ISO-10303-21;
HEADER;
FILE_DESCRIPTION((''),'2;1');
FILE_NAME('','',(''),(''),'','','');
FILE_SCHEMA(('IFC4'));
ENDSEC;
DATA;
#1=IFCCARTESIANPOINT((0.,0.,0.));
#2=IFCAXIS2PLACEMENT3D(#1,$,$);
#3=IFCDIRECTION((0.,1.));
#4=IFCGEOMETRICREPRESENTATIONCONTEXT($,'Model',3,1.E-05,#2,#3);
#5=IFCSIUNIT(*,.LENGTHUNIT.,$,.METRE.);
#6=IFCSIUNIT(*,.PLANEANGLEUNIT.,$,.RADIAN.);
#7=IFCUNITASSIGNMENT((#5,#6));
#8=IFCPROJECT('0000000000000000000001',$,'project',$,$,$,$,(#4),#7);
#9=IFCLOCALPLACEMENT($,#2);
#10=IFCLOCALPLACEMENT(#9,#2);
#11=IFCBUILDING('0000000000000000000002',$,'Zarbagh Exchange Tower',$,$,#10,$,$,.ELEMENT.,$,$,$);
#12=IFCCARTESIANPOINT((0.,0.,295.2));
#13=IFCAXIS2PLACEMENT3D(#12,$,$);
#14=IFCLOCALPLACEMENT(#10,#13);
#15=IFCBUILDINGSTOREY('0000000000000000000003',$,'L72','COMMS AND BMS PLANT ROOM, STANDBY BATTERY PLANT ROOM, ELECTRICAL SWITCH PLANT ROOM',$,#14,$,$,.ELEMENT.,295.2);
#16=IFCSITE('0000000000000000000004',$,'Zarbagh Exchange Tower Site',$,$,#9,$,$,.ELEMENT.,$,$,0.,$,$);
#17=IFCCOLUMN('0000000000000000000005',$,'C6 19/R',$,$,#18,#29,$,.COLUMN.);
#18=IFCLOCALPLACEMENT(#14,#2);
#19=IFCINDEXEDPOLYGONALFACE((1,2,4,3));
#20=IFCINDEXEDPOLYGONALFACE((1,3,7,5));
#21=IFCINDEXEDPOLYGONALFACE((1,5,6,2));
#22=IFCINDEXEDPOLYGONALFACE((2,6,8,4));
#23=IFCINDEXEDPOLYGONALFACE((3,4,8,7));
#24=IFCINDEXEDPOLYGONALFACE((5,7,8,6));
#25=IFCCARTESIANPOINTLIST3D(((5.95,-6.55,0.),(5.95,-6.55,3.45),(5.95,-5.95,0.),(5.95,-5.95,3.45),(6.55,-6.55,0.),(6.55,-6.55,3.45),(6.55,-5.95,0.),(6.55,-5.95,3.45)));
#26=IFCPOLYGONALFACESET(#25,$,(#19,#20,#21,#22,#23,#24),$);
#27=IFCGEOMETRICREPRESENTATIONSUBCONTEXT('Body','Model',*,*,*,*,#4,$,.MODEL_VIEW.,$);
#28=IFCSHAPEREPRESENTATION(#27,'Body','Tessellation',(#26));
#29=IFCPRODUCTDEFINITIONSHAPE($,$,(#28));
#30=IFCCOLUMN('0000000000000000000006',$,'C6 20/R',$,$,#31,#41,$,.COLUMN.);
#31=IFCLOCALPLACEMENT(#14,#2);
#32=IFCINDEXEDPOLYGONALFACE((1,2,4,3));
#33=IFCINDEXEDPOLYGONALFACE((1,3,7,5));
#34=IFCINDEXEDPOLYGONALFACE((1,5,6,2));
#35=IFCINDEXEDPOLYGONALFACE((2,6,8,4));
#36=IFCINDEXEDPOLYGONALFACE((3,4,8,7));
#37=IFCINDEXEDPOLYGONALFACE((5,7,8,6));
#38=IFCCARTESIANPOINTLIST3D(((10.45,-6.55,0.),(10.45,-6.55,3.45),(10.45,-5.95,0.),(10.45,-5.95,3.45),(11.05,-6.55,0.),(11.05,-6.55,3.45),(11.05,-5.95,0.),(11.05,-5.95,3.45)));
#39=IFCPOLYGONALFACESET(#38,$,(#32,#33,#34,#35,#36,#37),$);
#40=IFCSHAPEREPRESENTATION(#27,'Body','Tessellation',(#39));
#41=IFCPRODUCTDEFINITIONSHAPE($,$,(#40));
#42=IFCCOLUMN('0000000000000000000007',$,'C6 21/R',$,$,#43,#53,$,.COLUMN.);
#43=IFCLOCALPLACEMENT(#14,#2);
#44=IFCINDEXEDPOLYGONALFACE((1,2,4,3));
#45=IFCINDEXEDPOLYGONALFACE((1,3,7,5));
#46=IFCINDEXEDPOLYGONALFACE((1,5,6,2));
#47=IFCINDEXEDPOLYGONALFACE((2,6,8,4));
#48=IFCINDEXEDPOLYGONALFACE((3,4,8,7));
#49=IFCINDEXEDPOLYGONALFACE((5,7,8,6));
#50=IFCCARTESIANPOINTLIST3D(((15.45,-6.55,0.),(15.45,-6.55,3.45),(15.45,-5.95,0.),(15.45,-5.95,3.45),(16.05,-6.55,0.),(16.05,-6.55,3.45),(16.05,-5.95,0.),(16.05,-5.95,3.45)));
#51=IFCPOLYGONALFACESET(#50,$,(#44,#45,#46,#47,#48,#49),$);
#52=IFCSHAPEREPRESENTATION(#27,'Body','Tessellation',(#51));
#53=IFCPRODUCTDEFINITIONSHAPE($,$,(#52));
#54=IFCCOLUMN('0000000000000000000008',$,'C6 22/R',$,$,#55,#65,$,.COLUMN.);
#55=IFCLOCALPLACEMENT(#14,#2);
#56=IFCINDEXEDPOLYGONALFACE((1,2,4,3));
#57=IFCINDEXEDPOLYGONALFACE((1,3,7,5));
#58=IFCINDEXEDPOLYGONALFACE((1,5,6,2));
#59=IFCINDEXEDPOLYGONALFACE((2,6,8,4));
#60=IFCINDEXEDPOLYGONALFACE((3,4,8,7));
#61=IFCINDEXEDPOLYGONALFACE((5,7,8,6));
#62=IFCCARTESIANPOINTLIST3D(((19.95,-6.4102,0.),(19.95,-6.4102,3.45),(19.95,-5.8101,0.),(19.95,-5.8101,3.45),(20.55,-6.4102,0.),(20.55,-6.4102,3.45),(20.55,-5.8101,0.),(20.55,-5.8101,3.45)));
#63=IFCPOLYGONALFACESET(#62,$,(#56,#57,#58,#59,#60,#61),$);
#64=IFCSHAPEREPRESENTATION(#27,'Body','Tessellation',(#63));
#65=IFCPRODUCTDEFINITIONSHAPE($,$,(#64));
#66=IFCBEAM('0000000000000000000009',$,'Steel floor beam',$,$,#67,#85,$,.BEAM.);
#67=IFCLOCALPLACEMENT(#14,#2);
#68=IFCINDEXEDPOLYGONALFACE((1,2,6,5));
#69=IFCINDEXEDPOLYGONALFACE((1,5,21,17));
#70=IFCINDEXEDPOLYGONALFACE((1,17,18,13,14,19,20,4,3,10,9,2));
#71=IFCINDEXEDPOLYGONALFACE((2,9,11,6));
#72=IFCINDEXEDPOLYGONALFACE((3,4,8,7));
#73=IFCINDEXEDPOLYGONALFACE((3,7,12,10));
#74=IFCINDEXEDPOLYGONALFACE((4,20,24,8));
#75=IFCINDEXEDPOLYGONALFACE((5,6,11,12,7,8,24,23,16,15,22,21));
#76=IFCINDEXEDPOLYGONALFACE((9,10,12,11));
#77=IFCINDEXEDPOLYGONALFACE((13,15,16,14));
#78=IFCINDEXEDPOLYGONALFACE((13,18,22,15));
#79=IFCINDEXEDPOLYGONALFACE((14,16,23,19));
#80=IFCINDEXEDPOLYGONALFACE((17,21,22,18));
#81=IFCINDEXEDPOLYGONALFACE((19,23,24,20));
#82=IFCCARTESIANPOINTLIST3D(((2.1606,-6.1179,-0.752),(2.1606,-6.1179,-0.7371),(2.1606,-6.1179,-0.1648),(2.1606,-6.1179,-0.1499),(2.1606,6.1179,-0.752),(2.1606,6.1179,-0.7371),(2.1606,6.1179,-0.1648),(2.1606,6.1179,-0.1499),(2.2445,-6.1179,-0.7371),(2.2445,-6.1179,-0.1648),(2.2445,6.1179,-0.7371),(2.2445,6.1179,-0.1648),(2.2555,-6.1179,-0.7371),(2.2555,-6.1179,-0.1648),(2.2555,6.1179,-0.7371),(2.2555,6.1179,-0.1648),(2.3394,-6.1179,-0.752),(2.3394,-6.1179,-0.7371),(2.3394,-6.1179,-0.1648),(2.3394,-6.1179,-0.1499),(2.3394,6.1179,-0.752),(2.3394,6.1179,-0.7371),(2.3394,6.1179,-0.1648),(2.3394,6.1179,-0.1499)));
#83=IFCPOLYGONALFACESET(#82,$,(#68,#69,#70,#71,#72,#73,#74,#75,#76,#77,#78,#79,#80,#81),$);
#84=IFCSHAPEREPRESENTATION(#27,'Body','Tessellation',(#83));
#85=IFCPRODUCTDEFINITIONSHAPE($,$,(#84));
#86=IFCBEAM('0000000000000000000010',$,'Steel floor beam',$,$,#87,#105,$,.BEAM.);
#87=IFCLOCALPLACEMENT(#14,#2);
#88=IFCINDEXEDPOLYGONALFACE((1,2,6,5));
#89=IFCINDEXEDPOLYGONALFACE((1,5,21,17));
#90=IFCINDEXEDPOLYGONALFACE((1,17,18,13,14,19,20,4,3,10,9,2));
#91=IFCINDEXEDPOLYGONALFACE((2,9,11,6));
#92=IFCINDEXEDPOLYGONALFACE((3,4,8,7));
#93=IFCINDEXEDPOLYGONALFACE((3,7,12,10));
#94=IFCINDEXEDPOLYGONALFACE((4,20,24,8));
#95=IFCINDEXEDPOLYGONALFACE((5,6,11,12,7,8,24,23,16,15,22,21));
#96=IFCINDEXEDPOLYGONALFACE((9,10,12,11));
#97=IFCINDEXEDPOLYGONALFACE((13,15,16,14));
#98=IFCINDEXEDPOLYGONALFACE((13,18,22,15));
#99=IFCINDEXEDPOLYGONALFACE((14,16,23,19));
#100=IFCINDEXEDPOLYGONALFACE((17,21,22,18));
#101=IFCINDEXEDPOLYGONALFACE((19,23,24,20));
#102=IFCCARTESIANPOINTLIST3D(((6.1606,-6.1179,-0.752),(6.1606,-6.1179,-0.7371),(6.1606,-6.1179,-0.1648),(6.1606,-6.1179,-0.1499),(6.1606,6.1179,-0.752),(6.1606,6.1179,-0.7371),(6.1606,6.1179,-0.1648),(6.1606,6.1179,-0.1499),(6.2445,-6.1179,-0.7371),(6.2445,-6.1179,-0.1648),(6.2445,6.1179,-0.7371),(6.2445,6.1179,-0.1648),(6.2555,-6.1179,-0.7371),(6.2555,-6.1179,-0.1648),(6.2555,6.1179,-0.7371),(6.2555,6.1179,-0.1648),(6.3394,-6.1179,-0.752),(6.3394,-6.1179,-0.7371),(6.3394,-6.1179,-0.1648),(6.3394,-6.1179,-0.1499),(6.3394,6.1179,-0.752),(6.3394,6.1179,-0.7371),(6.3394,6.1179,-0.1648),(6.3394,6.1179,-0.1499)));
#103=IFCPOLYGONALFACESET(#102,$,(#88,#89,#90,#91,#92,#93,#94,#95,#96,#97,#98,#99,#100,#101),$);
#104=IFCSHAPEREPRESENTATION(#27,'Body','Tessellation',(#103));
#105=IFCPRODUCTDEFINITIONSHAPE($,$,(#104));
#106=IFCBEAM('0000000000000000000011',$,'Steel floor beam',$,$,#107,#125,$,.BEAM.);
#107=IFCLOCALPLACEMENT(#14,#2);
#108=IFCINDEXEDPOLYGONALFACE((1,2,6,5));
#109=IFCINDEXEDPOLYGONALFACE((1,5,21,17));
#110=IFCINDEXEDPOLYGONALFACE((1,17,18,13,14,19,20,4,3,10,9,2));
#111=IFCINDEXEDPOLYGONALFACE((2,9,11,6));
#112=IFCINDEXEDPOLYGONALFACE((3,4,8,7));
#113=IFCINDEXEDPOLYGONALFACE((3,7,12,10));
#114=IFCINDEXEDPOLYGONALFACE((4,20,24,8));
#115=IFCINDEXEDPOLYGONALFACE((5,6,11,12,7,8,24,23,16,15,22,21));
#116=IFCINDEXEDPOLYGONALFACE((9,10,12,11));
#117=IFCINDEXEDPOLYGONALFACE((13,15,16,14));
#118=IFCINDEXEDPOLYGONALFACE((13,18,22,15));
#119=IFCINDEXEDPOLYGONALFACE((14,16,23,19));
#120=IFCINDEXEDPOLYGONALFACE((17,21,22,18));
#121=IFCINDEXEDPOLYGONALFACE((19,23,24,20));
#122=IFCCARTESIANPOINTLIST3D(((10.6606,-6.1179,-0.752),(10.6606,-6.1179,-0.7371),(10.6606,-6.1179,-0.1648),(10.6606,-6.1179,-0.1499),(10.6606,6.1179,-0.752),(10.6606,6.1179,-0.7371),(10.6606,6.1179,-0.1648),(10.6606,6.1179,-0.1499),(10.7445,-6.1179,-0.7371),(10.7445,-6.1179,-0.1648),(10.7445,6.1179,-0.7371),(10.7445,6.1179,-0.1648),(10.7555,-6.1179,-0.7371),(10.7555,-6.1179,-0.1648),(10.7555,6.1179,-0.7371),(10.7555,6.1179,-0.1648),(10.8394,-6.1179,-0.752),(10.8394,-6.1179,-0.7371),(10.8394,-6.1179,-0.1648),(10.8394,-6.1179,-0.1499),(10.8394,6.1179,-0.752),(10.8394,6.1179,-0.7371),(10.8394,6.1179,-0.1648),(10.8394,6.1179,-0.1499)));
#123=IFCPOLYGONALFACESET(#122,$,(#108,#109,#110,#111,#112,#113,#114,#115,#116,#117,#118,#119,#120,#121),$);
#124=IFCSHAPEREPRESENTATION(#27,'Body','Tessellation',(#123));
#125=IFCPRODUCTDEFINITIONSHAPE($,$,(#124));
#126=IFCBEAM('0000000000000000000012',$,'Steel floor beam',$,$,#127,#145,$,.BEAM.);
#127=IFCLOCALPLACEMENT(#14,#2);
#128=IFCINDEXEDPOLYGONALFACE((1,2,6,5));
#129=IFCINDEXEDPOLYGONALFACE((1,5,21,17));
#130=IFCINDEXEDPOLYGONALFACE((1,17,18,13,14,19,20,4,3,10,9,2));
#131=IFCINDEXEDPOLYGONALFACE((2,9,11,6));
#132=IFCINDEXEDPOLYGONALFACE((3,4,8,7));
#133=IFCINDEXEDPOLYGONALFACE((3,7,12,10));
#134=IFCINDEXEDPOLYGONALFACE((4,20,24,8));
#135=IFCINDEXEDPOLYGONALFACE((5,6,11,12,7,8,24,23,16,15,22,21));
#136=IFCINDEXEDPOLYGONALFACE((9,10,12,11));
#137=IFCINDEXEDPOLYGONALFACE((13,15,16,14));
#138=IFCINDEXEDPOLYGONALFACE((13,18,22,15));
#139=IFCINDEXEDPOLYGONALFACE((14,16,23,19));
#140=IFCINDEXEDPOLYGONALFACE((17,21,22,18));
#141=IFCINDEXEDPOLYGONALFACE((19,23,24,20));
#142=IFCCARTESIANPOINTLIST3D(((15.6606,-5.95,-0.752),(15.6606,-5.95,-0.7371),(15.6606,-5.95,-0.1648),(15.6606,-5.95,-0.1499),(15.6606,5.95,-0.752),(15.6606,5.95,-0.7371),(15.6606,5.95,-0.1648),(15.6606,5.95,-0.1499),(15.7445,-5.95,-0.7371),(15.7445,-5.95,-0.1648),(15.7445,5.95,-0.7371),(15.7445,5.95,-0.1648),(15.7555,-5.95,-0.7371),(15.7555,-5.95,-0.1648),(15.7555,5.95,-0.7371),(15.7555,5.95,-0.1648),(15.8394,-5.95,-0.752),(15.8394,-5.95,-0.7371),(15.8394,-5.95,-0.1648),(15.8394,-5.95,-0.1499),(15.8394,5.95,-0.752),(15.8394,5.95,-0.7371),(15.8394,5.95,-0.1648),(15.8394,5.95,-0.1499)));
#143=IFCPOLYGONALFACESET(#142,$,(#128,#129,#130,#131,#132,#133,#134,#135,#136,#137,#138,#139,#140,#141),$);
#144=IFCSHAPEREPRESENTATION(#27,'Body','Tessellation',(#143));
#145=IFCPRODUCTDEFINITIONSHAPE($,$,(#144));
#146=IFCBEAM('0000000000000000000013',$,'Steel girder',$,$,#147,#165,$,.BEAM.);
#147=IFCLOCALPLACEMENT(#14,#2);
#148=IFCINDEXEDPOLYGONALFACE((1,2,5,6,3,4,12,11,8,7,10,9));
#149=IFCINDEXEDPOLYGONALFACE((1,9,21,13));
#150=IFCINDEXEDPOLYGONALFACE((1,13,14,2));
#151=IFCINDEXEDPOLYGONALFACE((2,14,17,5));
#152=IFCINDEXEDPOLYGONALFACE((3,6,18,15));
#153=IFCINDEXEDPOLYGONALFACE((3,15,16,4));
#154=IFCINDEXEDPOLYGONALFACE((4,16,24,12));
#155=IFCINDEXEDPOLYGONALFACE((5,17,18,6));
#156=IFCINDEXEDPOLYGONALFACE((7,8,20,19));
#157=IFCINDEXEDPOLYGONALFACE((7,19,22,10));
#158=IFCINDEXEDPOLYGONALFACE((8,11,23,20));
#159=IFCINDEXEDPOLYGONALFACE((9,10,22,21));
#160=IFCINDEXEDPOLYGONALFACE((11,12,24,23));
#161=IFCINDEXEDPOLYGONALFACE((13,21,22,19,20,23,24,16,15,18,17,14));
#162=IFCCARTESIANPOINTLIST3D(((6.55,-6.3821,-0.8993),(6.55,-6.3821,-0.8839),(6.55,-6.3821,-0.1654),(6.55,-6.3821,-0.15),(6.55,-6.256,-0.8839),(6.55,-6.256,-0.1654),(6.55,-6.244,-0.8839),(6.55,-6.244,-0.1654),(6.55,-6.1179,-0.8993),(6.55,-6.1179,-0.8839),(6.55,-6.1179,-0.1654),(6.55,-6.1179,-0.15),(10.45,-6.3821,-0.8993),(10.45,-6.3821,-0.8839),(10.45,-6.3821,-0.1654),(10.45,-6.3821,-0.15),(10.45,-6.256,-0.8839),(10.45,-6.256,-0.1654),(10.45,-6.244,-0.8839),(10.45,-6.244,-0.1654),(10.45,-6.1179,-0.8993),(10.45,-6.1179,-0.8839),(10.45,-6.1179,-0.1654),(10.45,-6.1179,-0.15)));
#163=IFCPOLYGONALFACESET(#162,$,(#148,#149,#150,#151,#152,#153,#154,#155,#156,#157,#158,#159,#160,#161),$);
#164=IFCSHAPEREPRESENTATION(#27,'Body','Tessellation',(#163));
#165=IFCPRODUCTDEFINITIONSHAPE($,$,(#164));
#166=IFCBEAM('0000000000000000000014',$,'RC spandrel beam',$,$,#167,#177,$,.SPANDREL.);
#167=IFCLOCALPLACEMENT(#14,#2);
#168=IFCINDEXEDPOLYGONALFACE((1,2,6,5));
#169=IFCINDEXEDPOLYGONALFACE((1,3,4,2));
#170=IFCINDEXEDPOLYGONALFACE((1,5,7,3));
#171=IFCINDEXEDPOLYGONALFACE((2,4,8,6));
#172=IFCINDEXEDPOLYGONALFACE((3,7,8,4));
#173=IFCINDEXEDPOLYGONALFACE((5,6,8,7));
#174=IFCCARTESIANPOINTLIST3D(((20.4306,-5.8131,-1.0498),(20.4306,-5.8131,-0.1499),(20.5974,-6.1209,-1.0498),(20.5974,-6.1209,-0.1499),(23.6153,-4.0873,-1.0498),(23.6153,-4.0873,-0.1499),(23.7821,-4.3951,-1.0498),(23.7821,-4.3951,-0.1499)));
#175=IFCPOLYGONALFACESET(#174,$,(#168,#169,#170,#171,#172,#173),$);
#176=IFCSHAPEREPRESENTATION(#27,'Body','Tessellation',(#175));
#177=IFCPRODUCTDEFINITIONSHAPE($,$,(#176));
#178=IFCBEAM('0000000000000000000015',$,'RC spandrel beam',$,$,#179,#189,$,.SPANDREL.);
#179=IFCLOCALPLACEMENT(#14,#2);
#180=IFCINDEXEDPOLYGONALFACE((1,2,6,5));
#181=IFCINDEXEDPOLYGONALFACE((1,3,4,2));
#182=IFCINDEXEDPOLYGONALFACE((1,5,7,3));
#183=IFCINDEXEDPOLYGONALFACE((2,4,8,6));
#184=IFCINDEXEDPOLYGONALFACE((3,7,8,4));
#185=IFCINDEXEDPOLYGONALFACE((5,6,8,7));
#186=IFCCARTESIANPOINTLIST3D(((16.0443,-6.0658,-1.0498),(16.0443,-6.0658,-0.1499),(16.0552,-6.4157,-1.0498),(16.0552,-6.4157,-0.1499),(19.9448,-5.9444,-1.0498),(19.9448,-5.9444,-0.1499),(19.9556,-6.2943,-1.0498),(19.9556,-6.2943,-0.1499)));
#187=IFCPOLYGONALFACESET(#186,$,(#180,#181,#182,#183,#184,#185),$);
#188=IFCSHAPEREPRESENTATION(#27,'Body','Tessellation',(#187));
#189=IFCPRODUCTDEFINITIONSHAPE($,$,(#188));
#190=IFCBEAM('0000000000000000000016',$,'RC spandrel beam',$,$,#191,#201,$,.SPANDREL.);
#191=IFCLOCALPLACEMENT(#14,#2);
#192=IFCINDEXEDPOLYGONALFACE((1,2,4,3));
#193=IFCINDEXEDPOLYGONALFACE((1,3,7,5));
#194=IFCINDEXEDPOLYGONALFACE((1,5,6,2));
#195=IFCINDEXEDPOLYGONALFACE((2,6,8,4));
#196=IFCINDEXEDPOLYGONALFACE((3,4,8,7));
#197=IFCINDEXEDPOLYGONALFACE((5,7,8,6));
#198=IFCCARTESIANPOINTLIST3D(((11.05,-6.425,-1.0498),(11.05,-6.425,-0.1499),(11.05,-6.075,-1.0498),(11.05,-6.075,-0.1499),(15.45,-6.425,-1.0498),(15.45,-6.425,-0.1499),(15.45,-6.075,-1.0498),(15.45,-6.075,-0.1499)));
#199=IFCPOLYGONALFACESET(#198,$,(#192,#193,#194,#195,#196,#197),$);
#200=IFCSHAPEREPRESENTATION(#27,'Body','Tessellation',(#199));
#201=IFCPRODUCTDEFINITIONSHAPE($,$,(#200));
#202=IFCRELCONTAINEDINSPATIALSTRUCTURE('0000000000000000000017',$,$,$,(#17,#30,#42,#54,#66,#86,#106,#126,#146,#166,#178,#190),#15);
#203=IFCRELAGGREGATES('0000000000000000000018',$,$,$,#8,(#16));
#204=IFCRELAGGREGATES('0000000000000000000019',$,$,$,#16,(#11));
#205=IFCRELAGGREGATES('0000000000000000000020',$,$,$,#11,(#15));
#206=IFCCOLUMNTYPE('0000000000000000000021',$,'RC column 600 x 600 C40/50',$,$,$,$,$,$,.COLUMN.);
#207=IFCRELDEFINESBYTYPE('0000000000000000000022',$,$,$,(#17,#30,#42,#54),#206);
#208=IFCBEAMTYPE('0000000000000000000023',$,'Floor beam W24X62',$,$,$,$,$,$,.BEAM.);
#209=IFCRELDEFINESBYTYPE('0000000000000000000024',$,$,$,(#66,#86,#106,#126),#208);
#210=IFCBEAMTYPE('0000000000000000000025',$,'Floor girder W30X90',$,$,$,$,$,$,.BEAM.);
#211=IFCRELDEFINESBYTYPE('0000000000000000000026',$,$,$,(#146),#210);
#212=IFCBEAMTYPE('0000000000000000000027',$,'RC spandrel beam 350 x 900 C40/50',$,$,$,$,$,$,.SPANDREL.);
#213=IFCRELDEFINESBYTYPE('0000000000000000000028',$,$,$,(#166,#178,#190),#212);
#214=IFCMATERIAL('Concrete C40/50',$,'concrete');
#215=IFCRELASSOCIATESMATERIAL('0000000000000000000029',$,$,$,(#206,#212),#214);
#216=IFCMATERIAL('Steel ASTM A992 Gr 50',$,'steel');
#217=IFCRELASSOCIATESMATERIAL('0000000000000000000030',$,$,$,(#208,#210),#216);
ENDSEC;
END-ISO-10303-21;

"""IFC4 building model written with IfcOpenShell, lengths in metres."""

from ifc_helpers import new_model, si_unit, direction, frame, origin, origin_2d, place, context, subcontext, project, spatial, rectangle, i_section, extrude, material, material_profile, profile_set, type_object, element, save


model = new_model("IFC4")

# Units and contexts
model_context = context("Model", 3, precision=1e-05, world=origin(), true_north=direction((0.0, 1.0)))
body_context = subcontext(model_context, "Body", "Model", "MODEL_VIEW")
ifc_project = project(units=[si_unit("LENGTHUNIT", "METRE"), si_unit("PLANEANGLEUNIT", "RADIAN")], contexts=[model_context])

# Site, building, storey
site_placement = place(None, origin())
site = spatial("IfcSite", under=ifc_project, at=site_placement, Name="Zarbagh Exchange Tower Site", CompositionType="ELEMENT", RefElevation=0.0)
building_placement = place(site_placement, origin())
building = spatial("IfcBuilding", under=site, at=building_placement, Name="Zarbagh Exchange Tower", CompositionType="ELEMENT")
storey_placement = place(building_placement, frame((0.0, 0.0, 295.2)))
storey = spatial("IfcBuildingStorey", under=building, at=storey_placement, Name="L72", Description="COMMS AND BMS PLANT ROOM, STANDBY BATTERY PLANT ROOM, ELECTRICAL SWITCH PLANT ROOM", CompositionType="ELEMENT", Elevation=295.2)

# Columns
ifc_material_1 = material(Name="Concrete C40/50", Category="concrete")
ifc_material_profile_1 = material_profile(ifc_material_1, rectangle(XDim=0.6001, YDim=0.6001, at=origin_2d()), Name="RC column 600 x 600 C40/50")
ifc_profile_set_1 = profile_set([ifc_material_profile_1], Name="Concrete C40/50")
column_type = type_object("IfcColumnType", Name="RC column 600 x 600 C40/50", PredefinedType="COLUMN", material=ifc_profile_set_1)
for number, where, z_axis, x_axis, name in (
    (1, (6.25, -6.25, 0.0), (0.0, 0.0, 1.0), (1.0, 0.0, 0.0), "C6 19/R"),
    (2, (10.75, -6.25, 0.0), (0.0, 0.0, 1.0), (1.0, 0.0, 0.0), "C6 20/R"),
    (3, (15.75, -6.25, 0.0), (0.0, 0.0, 1.0), (1.0, 0.0, 0.0), "C6 21/R"),
    (4, (20.25, -6.1101, 0.0), (0.0, 0.0, 1.0), (1.0, 0.0, 0.0), "C6 22/R"),
):
    element("IfcColumn", number, at=place(storey_placement, frame(where, z_axis=z_axis, x_axis=x_axis)), inside=storey, type_object=column_type, Name=name, PredefinedType="COLUMN", context=body_context, shape_type="SweptSolid", body=[
        extrude(rectangle(XDim=0.6001, YDim=0.6001, at=origin_2d()), origin(), (0.0, 0.0, 1.0), 3.45),
    ])

# Beams
ifc_material_2 = material(Name="Steel ASTM A992 Gr 50", Category="steel")
ifc_material_profile_2 = material_profile(ifc_material_2, i_section(OverallWidth=0.1787, OverallDepth=0.6021, WebThickness=0.011, FlangeThickness=0.0149, at=origin_2d()), Name="W24X62")
ifc_profile_set_2 = profile_set([ifc_material_profile_2], Name="Steel ASTM A992 Gr 50")
beam_type_1 = type_object("IfcBeamType", Name="Floor beam W24X62", PredefinedType="BEAM", material=ifc_profile_set_2)
for number, where, z_axis, x_axis, name in (
    (5, (2.25, -6.1179, -0.4509), (0.0, 1.0, 0.0), (-1.0, 0.0, 0.0), "Steel floor beam"),
    (6, (6.25, -6.1179, -0.4509), (0.0, 1.0, 0.0), (-1.0, 0.0, 0.0), "Steel floor beam"),
    (7, (10.75, -6.1179, -0.4509), (0.0, 1.0, 0.0), (-1.0, 0.0, 0.0), "Steel floor beam"),
):
    element("IfcBeam", number, at=place(storey_placement, frame(where, z_axis=z_axis, x_axis=x_axis)), inside=storey, type_object=beam_type_1, Name=name, PredefinedType="BEAM", context=body_context, shape_type="SweptSolid", body=[
        extrude(i_section(OverallWidth=0.1787, OverallDepth=0.6021, WebThickness=0.011, FlangeThickness=0.0149, at=origin_2d()), origin(), (0.0, 0.0, 1.0), 12.2358),
    ])
beam_1_placement = place(storey_placement, frame((15.75, -5.95, -0.4509), z_axis=(0.0, 1.0, 0.0), x_axis=(-1.0, 0.0, 0.0)))
element("IfcBeam", 8, at=beam_1_placement, inside=storey, type_object=beam_type_1, Name="Steel floor beam", PredefinedType="BEAM", context=body_context, shape_type="SweptSolid", body=[
    extrude(i_section(OverallWidth=0.1787, OverallDepth=0.6021, WebThickness=0.011, FlangeThickness=0.0149, at=origin_2d()), origin(), (0.0, 0.0, 1.0), 11.8999),
])
ifc_material_profile_3 = material_profile(ifc_material_2, i_section(OverallWidth=0.2642, OverallDepth=0.7493, WebThickness=0.012, FlangeThickness=0.0154, at=origin_2d()), Name="W30X90")
ifc_profile_set_3 = profile_set([ifc_material_profile_3], Name="Steel ASTM A992 Gr 50")
beam_type_2 = type_object("IfcBeamType", Name="Floor girder W30X90", PredefinedType="BEAM", material=ifc_profile_set_3)
beam_2_placement = place(storey_placement, frame((6.55, -6.25, -0.5247), z_axis=(1.0, 0.0, 0.0), x_axis=(0.0, 1.0, 0.0)))
element("IfcBeam", 9, at=beam_2_placement, inside=storey, type_object=beam_type_2, Name="Steel girder", PredefinedType="BEAM", context=body_context, shape_type="SweptSolid", body=[
    extrude(i_section(OverallWidth=0.2642, OverallDepth=0.7493, WebThickness=0.012, FlangeThickness=0.0154, at=origin_2d()), origin(), (0.0, 0.0, 1.0), 3.8999),
])
ifc_material_profile_4 = material_profile(ifc_material_1, rectangle(XDim=0.3501, YDim=0.8999, at=origin_2d()), Name="RC spandrel beam 350 x 900 C40/50")
ifc_profile_set_4 = profile_set([ifc_material_profile_4], Name="Concrete C40/50")
beam_type_3 = type_object("IfcBeamType", Name="RC spandrel beam 350 x 900 C40/50", PredefinedType="SPANDREL", material=ifc_profile_set_4)
beam_3_placement = place(storey_placement, frame((23.6987, -4.2412, -0.5999), z_axis=(-0.879208, -0.476437, 0.0), x_axis=(0.476437, -0.879208, 0.0)))
element("IfcBeam", 10, at=beam_3_placement, inside=storey, type_object=beam_type_3, Name="RC spandrel beam", PredefinedType="SPANDREL", context=body_context, shape_type="SweptSolid", body=[
    extrude(rectangle(XDim=0.3501, YDim=0.8999, at=origin_2d()), origin(), (0.0, 0.0, 1.0), 3.6223),
])
beam_4_placement = place(storey_placement, frame((19.9502, -6.1194, -0.5999), z_axis=(-0.999516, -0.031094, 0.0), x_axis=(0.031094, -0.999516, 0.0)))
element("IfcBeam", 11, at=beam_4_placement, inside=storey, type_object=beam_type_3, Name="RC spandrel beam", PredefinedType="SPANDREL", context=body_context, shape_type="SweptSolid", body=[
    extrude(rectangle(XDim=0.3501, YDim=0.8999, at=origin_2d()), origin(), (0.0, 0.0, 1.0), 3.9023),
])
beam_5_placement = place(storey_placement, frame((15.45, -6.25, -0.5999), z_axis=(-1.0, 0.0, 0.0), x_axis=(0.0, -1.0, 0.0)))
element("IfcBeam", 12, at=beam_5_placement, inside=storey, type_object=beam_type_3, Name="RC spandrel beam", PredefinedType="SPANDREL", context=body_context, shape_type="SweptSolid", body=[
    extrude(rectangle(XDim=0.3501, YDim=0.8999, at=origin_2d()), origin(), (0.0, 0.0, 1.0), 4.3999),
])

save(model, "model.ifc")
